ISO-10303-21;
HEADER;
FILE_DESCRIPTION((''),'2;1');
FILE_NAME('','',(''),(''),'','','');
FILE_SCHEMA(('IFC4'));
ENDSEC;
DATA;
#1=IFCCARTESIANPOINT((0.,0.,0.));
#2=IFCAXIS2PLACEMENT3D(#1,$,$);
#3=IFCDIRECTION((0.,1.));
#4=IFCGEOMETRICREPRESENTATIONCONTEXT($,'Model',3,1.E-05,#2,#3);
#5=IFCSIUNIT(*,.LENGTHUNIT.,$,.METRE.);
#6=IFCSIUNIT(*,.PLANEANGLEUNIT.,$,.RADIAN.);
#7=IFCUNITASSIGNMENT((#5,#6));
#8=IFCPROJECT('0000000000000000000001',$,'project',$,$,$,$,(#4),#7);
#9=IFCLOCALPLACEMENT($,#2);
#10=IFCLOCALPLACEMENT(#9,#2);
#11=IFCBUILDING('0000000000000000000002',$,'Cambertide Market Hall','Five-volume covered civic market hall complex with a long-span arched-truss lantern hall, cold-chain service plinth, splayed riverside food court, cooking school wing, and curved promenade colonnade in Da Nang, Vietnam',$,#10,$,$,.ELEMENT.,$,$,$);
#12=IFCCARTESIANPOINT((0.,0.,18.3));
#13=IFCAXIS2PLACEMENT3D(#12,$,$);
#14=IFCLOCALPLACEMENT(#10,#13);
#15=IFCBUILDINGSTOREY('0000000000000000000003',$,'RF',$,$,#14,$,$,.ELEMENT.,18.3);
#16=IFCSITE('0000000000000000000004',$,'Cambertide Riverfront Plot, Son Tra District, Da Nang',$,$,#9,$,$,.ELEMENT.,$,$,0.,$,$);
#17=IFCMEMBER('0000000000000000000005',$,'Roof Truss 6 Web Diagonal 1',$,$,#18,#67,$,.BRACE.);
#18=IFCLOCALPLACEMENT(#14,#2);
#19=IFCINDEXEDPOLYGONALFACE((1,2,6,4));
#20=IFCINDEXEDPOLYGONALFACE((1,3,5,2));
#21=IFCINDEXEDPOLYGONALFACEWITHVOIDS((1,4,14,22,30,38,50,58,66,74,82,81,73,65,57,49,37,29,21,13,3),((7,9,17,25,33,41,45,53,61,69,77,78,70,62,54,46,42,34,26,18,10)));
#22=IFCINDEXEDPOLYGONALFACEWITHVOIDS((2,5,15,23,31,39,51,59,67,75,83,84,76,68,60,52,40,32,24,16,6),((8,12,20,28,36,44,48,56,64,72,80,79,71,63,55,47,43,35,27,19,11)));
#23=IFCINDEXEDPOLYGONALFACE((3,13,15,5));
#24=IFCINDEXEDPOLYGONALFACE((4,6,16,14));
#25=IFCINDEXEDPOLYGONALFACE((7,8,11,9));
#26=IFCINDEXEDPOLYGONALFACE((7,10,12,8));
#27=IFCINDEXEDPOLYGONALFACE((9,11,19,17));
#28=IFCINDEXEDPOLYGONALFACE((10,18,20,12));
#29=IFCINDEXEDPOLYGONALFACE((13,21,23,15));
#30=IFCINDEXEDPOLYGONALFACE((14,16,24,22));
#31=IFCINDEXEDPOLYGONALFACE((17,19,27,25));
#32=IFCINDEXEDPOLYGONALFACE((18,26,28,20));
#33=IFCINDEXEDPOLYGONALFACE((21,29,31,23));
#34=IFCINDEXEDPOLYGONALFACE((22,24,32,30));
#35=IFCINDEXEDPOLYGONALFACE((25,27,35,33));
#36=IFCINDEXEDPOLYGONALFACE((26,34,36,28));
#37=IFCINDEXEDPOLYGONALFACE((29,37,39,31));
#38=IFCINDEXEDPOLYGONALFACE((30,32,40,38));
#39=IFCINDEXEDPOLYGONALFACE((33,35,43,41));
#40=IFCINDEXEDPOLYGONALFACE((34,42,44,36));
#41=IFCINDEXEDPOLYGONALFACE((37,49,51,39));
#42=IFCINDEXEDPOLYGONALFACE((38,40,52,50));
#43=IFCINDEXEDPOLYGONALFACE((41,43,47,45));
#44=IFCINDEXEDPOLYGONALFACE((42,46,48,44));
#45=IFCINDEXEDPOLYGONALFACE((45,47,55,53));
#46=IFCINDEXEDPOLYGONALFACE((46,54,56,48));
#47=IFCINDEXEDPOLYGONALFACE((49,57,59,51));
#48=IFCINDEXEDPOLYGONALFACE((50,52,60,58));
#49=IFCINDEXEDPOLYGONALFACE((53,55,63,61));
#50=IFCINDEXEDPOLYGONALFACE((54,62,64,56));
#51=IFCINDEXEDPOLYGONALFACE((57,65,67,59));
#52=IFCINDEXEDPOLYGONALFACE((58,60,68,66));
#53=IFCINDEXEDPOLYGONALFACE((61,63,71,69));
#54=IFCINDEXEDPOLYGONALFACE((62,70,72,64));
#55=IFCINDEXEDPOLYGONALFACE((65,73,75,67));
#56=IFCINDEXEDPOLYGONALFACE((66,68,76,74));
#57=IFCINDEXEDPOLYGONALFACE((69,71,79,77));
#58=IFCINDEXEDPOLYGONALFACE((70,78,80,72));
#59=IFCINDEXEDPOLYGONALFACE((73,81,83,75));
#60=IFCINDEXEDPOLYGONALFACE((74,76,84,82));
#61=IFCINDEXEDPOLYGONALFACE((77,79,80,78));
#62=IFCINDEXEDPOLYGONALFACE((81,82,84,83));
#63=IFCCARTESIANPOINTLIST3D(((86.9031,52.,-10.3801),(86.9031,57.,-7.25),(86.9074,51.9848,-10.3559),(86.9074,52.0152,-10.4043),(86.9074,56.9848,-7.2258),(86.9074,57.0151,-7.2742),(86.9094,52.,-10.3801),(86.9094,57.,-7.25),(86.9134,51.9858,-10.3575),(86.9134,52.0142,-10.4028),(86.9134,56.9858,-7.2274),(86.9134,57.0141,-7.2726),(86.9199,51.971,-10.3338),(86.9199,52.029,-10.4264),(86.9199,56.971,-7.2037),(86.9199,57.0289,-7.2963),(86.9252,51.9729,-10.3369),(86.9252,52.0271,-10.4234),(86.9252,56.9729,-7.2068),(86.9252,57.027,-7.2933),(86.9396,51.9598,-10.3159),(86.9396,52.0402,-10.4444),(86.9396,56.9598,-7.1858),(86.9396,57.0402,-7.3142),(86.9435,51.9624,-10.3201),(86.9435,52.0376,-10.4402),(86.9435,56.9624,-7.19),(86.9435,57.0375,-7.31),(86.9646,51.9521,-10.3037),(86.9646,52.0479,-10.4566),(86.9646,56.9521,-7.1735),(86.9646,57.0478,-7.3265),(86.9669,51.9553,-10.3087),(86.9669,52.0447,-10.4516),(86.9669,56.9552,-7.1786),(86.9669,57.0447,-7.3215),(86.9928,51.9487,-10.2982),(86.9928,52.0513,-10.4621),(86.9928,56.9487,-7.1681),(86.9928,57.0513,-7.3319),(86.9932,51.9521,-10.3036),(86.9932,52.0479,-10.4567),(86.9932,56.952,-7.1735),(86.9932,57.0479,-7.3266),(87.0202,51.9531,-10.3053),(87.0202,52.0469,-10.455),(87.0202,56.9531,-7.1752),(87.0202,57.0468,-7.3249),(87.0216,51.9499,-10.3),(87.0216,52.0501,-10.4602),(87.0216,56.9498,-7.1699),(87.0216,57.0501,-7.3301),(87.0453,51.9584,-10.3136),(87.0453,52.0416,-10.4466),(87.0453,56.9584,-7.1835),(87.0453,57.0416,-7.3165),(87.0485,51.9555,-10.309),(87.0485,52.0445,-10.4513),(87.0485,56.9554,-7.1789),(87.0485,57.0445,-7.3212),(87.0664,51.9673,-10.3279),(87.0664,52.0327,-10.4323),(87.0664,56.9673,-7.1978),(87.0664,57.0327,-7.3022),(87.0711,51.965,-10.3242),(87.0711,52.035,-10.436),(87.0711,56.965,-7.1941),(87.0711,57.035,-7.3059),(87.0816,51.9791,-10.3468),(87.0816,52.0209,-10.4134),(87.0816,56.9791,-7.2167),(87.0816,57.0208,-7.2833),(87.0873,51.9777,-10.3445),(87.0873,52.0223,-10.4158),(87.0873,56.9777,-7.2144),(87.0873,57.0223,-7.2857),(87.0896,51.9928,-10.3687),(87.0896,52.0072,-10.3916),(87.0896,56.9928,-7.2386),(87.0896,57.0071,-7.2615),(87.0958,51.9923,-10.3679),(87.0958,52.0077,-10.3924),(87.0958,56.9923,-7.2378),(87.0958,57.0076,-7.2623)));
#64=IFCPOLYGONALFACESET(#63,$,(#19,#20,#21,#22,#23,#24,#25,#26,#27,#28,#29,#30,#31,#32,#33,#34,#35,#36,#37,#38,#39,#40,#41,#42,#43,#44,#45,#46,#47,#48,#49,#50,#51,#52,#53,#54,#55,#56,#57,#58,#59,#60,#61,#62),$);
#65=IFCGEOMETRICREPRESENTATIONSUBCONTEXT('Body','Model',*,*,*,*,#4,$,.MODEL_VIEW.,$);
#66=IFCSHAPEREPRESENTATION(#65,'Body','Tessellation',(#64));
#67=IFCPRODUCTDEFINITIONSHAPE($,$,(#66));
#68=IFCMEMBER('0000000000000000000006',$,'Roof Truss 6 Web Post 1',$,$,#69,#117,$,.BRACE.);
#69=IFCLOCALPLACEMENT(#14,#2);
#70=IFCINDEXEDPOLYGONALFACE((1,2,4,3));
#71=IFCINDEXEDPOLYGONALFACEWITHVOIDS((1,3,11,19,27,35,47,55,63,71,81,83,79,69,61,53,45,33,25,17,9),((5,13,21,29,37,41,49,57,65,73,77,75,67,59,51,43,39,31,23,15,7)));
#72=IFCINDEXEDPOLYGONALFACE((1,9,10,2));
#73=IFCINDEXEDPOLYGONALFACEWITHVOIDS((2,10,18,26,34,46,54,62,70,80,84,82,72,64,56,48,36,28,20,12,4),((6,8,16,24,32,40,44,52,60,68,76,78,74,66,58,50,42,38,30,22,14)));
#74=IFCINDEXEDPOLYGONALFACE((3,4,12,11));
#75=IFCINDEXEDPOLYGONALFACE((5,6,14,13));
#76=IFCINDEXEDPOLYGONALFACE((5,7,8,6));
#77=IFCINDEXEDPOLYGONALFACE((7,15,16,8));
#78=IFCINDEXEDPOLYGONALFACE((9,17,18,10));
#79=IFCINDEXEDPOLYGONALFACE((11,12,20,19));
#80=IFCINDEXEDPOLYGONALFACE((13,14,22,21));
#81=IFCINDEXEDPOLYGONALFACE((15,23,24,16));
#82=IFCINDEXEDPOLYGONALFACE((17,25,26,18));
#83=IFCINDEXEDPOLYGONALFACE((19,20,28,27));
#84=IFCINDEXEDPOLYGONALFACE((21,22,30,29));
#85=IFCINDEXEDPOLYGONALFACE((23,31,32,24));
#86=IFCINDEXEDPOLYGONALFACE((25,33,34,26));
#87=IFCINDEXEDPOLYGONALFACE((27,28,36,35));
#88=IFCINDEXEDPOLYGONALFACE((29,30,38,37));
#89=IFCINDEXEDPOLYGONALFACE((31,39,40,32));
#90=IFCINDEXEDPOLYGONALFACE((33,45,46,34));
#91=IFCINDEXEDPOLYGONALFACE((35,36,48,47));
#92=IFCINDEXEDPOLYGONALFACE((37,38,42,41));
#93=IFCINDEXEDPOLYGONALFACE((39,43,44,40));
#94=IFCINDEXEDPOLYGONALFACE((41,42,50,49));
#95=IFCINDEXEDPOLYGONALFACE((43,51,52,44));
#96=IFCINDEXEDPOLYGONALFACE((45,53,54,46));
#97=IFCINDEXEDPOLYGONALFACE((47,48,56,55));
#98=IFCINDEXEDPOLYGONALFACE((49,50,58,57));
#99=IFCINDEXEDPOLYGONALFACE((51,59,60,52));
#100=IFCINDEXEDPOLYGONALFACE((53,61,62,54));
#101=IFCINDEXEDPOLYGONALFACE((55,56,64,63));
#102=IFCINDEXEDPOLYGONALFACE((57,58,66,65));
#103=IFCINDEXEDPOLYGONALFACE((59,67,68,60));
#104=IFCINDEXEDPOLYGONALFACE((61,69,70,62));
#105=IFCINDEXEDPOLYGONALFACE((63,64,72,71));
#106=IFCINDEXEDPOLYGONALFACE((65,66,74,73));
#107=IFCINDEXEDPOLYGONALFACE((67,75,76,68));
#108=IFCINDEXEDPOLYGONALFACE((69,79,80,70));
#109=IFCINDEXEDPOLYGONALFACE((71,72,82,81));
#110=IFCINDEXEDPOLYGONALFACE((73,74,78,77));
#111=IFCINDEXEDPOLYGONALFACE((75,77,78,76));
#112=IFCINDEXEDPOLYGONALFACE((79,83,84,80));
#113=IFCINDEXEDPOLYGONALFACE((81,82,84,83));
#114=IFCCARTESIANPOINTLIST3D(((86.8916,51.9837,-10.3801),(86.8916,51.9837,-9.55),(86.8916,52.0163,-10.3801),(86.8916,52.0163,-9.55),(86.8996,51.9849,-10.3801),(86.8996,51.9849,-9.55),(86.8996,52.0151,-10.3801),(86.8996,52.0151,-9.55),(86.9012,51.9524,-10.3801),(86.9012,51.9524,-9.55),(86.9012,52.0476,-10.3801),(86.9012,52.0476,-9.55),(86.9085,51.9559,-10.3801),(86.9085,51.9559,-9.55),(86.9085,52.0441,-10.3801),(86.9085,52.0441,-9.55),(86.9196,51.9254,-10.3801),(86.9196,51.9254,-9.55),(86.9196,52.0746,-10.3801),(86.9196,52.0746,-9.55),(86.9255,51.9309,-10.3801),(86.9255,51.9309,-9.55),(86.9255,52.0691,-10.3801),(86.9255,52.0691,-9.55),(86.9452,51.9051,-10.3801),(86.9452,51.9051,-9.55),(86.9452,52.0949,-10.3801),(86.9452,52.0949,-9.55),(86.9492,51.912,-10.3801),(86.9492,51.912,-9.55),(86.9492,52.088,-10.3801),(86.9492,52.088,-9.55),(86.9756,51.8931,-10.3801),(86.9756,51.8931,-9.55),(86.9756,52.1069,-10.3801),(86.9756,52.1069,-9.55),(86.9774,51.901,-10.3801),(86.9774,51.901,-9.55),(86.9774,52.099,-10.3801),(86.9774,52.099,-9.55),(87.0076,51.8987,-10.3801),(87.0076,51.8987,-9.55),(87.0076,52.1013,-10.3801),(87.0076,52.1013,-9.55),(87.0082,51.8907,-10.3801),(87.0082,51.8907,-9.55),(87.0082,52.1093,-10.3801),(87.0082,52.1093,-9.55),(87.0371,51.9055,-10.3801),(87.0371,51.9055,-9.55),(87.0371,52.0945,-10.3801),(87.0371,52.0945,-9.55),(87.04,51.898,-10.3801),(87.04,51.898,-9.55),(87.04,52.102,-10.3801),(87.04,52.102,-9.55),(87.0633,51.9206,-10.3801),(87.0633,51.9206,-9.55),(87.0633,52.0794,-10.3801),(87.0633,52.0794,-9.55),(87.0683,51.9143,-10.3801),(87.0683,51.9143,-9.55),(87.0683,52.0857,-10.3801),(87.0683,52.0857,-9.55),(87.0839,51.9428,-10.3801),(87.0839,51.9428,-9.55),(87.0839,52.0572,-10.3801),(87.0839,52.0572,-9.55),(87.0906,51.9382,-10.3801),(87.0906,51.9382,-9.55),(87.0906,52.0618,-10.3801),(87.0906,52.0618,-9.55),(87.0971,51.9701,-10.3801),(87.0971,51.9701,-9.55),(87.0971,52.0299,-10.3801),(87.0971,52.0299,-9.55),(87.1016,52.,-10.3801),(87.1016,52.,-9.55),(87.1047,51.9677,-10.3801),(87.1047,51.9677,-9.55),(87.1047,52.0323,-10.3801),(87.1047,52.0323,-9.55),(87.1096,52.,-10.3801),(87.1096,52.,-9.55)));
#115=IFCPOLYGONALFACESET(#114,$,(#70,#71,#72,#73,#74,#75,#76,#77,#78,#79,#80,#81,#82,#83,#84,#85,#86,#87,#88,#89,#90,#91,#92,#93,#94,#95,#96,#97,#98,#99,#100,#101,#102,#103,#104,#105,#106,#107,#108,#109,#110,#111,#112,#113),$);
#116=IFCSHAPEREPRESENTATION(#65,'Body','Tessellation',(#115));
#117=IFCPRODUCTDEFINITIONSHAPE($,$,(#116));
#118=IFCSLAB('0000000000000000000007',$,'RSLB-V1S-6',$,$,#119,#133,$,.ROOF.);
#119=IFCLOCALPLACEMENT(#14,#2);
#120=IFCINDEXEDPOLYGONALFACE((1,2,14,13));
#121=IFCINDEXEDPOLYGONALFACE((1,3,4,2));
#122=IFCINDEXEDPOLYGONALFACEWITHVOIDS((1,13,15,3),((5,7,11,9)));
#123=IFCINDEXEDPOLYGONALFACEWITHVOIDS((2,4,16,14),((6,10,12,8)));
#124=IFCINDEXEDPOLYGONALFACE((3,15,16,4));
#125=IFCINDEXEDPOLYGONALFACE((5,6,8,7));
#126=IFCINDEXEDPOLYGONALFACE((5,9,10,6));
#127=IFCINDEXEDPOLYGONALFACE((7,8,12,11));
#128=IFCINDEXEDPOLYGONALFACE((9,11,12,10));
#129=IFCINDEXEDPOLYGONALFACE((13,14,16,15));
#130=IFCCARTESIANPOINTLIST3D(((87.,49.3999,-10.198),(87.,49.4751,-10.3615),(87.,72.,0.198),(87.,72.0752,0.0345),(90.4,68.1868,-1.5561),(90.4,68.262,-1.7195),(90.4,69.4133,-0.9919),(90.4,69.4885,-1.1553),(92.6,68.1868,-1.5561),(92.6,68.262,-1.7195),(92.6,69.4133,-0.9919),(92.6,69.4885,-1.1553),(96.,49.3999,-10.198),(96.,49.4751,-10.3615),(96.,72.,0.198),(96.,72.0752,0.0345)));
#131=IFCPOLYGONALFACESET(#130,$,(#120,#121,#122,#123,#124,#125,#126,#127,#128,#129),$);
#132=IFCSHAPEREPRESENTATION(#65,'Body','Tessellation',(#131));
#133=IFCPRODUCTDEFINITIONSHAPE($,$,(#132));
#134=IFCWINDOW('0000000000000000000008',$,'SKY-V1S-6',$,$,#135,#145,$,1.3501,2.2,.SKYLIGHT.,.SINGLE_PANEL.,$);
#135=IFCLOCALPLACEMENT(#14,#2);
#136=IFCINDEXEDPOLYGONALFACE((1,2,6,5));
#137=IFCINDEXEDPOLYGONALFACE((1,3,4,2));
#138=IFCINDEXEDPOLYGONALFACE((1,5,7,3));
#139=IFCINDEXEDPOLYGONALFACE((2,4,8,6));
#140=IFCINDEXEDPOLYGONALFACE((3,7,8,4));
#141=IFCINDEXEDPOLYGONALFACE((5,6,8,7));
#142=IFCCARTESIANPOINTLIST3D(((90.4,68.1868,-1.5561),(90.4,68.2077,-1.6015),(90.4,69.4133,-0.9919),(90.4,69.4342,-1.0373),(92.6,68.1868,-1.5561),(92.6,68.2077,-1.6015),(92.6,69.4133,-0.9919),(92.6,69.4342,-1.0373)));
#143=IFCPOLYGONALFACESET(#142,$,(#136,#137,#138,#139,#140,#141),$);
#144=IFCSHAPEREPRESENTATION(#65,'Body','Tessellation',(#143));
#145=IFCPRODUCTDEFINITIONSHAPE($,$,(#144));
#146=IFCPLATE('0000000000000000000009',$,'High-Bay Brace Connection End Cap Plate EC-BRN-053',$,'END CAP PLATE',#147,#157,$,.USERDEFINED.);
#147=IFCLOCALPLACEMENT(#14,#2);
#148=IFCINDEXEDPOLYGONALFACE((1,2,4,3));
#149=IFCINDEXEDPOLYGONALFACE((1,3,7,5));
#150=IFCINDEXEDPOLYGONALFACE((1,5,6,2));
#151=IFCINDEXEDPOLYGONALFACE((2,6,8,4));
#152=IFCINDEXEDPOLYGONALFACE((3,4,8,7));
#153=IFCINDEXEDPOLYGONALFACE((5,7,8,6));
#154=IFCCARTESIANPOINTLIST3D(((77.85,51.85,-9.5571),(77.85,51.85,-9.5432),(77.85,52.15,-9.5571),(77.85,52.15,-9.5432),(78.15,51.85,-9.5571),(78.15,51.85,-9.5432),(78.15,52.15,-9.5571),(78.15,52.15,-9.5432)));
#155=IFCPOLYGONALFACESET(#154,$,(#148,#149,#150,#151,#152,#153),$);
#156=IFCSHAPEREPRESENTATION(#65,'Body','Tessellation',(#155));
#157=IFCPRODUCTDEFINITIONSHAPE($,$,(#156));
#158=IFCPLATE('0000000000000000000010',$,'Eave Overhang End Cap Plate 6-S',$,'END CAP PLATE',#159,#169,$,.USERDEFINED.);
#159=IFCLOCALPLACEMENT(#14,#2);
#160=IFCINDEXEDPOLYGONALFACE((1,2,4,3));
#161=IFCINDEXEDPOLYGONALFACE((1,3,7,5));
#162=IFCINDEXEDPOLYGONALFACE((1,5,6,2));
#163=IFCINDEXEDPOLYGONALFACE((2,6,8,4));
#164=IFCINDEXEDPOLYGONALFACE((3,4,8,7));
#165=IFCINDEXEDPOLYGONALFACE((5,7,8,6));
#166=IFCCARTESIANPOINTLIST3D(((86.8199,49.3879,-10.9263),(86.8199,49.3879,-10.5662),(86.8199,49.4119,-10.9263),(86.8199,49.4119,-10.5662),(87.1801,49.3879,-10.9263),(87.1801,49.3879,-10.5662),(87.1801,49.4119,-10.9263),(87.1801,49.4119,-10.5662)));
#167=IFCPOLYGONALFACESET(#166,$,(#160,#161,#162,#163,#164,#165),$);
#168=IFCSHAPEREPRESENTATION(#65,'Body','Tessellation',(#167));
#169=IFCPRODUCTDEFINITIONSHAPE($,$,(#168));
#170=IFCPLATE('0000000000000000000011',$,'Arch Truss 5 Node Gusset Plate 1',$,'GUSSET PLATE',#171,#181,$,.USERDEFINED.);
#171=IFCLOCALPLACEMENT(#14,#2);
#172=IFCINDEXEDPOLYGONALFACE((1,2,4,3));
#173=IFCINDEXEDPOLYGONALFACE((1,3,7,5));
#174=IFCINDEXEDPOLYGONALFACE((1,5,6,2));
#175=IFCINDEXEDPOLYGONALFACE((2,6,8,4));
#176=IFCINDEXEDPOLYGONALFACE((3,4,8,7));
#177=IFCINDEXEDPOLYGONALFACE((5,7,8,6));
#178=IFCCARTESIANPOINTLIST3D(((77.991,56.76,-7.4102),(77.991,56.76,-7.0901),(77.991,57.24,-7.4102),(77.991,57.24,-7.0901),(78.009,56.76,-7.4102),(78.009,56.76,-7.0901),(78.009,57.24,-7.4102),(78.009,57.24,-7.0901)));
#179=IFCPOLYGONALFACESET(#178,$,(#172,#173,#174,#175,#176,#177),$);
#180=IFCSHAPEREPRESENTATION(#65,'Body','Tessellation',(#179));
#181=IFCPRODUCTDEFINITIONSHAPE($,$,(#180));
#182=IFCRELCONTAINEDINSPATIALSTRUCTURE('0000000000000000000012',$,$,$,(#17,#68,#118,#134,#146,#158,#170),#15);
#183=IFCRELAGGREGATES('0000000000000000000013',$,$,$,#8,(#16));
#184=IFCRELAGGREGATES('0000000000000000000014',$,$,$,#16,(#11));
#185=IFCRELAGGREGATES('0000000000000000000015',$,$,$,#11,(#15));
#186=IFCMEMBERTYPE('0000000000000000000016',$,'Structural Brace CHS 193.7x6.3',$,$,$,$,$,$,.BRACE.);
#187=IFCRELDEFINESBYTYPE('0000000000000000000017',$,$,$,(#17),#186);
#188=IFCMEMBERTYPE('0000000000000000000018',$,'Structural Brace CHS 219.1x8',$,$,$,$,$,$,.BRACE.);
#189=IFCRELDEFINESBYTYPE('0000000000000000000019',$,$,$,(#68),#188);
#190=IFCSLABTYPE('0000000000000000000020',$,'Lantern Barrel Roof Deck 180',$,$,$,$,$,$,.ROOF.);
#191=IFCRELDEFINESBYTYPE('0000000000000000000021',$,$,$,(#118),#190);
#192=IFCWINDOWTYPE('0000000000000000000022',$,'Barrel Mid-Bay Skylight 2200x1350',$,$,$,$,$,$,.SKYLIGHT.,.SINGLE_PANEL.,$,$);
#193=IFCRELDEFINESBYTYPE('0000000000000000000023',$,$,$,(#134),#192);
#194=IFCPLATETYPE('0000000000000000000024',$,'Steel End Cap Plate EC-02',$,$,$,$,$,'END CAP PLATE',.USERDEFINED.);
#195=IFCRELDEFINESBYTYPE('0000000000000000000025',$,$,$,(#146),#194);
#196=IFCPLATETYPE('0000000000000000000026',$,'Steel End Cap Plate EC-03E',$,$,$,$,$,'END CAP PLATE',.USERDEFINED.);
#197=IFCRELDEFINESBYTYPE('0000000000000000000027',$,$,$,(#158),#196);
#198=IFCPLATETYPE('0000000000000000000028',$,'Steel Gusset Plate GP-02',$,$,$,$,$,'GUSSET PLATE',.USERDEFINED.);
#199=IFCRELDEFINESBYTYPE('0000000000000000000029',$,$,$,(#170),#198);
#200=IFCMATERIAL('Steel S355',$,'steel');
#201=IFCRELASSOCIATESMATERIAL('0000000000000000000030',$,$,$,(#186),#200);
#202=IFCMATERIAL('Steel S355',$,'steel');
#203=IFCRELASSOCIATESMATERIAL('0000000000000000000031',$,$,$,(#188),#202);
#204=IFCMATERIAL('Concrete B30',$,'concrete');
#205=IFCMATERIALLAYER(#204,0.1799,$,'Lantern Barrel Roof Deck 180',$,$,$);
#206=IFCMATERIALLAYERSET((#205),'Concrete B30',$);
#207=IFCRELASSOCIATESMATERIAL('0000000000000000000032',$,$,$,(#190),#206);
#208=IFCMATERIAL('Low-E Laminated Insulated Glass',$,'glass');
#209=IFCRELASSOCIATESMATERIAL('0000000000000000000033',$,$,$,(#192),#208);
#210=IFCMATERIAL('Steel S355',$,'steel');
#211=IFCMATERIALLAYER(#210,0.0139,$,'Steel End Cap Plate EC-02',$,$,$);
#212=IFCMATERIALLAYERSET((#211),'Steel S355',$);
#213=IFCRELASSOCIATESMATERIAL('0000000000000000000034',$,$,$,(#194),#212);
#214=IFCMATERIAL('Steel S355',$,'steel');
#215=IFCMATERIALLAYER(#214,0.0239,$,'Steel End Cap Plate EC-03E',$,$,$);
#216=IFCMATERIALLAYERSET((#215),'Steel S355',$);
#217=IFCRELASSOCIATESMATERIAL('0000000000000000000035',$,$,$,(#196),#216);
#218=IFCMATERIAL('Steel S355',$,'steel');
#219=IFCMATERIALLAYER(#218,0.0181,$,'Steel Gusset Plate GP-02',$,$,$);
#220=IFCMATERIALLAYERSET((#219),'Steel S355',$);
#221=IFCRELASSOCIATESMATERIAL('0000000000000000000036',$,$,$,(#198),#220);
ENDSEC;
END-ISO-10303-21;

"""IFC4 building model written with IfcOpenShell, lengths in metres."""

from ifc_helpers import new_model, si_unit, direction, frame, origin, origin_2d, place, context, subcontext, project, spatial, polyline, rectangle, hollow_circle, outline, extrude, material, layer, layer_set, material_profile, profile_set, type_object, element, fill, save


model = new_model("IFC4")

# Units and contexts
model_context = context("Model", 3, precision=1e-05, world=origin(), true_north=direction((0.0, 1.0)))
body_context = subcontext(model_context, "Body", "Model", "MODEL_VIEW")
ifc_project = project(units=[si_unit("LENGTHUNIT", "METRE"), si_unit("PLANEANGLEUNIT", "RADIAN")], contexts=[model_context])

# Site, building, storey
site_placement = place(None, origin())
site = spatial("IfcSite", under=ifc_project, at=site_placement, Name="Cambertide Riverfront Plot, Son Tra District, Da Nang", CompositionType="ELEMENT", RefElevation=0.0)
building_placement = place(site_placement, origin())
building = spatial("IfcBuilding", under=site, at=building_placement, Name="Cambertide Market Hall", Description="Five-volume covered civic market hall complex with a long-span arched-truss lantern hall, cold-chain service plinth, splayed riverside food court, cooking school wing, and curved promenade colonnade in Da Nang, Vietnam", CompositionType="ELEMENT")
storey_placement = place(building_placement, frame((0.0, 0.0, 18.3)))
storey = spatial("IfcBuildingStorey", under=building, at=storey_placement, Name="RF", CompositionType="ELEMENT", Elevation=18.3)

# Members
ifc_material_1 = material(Name="Steel S355", Category="steel")
ifc_material_profile_1 = material_profile(ifc_material_1, hollow_circle(Radius=0.0969, WallThickness=0.0063, at=origin_2d()), Name="CHS 193.7x6.3")
ifc_profile_set_1 = profile_set([ifc_material_profile_1], Name="Steel S355")
member_type_1 = type_object("IfcMemberType", Name="Structural Brace CHS 193.7x6.3", PredefinedType="BRACE", material=ifc_profile_set_1)
member_1_placement = place(storey_placement, frame((87.0, 52.0, -10.3801), z_axis=(0.0, 0.847607, 0.530624), x_axis=(-1.0, 0.0, 0.0)))
element("IfcMember", 1, at=member_1_placement, inside=storey, type_object=member_type_1, Name="Roof Truss 6 Web Diagonal 1", PredefinedType="BRACE", context=body_context, shape_type="SweptSolid", body=[
    extrude(hollow_circle(Radius=0.0969, WallThickness=0.0063, at=origin_2d()), origin(), (0.0, 0.0, 1.0), 5.8989),
])
ifc_material_2 = material(Name="Steel S355", Category="steel")
ifc_material_profile_2 = material_profile(ifc_material_2, hollow_circle(Radius=0.1096, WallThickness=0.0081, at=origin_2d()), Name="CHS 219.1x8")
ifc_profile_set_2 = profile_set([ifc_material_profile_2], Name="Steel S355")
member_type_2 = type_object("IfcMemberType", Name="Structural Brace CHS 219.1x8", PredefinedType="BRACE", material=ifc_profile_set_2)
member_2_placement = place(storey_placement, frame((87.0, 52.0, -10.3801), z_axis=(0.0, 0.0, 1.0), x_axis=(1.0, 0.0, 0.0)))
element("IfcMember", 2, at=member_2_placement, inside=storey, type_object=member_type_2, Name="Roof Truss 6 Web Post 1", PredefinedType="BRACE", context=body_context, shape_type="SweptSolid", body=[
    extrude(hollow_circle(Radius=0.1096, WallThickness=0.0081, at=origin_2d()), origin(), (0.0, 0.0, 1.0), 0.8301),
])

# Slab, opening, window
ifc_material_3 = material(Name="Concrete B30", Category="concrete")
ifc_layer_1 = layer(ifc_material_3, 0.1799, Name="Lantern Barrel Roof Deck 180")
ifc_layer_set_1 = layer_set([ifc_layer_1], Name="Concrete B30")
slab_type = type_object("IfcSlabType", Name="Lantern Barrel Roof Deck 180", PredefinedType="ROOF", material=ifc_layer_set_1)
slab_placement = place(storey_placement, frame((87.0, 49.3999, -10.198), z_axis=(0.0, -0.417904, 0.908491), x_axis=(1.0, 0.0, 0.0)))
slab = element("IfcSlab", 3, at=slab_placement, inside=storey, type_object=slab_type, Name="RSLB-V1S-6", PredefinedType="ROOF", context=body_context, shape_type="SweptSolid", body=[
    extrude(outline(polyline([(0.0, 0.0), (9.0, 0.0), (9.0, 24.8765), (0.0, 24.8765), (0.0, 0.0)])), origin(), (0.0, 0.0, -1.0), 0.1799),
])
opening_placement = place(slab_placement, frame((4.5, 21.3542, 0.01), z_axis=(0.0, 0.0, 1.0), x_axis=(1.0, 0.0, 0.0)))
opening = element("IfcOpeningElement", 4, at=opening_placement, cuts=slab, PredefinedType="OPENING", context=body_context, shape_type="SweptSolid", body=[
    extrude(rectangle(XDim=2.2, YDim=1.3501, at=origin_2d()), origin(), (0.0, 0.0, -1.0), 0.2),
])
ifc_material_4 = material(Name="Low-E Laminated Insulated Glass", Category="glass")
window_type = type_object("IfcWindowType", Name="Barrel Mid-Bay Skylight 2200x1350", PartitioningType="SINGLE_PANEL", PredefinedType="SKYLIGHT", material=ifc_material_4)
window_placement = place(slab_placement, frame((4.5, 21.3542, 0.0), z_axis=(0.0, 0.0, 1.0), x_axis=(1.0, 0.0, 0.0)))
window = element("IfcWindow", 5, at=window_placement, inside=storey, type_object=window_type, Name="SKY-V1S-6", OverallHeight=1.3501, OverallWidth=2.2, PartitioningType="SINGLE_PANEL", PredefinedType="SKYLIGHT", context=body_context, shape_type="SweptSolid", body=[
    extrude(rectangle(XDim=2.2, YDim=1.3501, at=origin_2d()), origin(), (0.0, 0.0, -1.0), 0.05),
])
fill(opening, window)

# Plates
ifc_material_5 = material(Name="Steel S355", Category="steel")
ifc_layer_2 = layer(ifc_material_5, 0.0139, Name="Steel End Cap Plate EC-02")
ifc_layer_set_2 = layer_set([ifc_layer_2], Name="Steel S355")
plate_type_1 = type_object("IfcPlateType", Name="Steel End Cap Plate EC-02", ElementType="END CAP PLATE", PredefinedType="USERDEFINED", material=ifc_layer_set_2)
plate_1_placement = place(storey_placement, frame((78.0, 52.0, -9.5571), z_axis=(0.0, 0.0, 1.0), x_axis=(1.0, 0.0, 0.0)))
element("IfcPlate", 6, at=plate_1_placement, inside=storey, type_object=plate_type_1, Name="High-Bay Brace Connection End Cap Plate EC-BRN-053", ObjectType="END CAP PLATE", PredefinedType="USERDEFINED", context=body_context, shape_type="SweptSolid", body=[
    extrude(rectangle(XDim=0.3, YDim=0.3, at=origin_2d()), origin(), (0.0, 0.0, 1.0), 0.0139),
])
ifc_material_6 = material(Name="Steel S355", Category="steel")
ifc_layer_3 = layer(ifc_material_6, 0.0239, Name="Steel End Cap Plate EC-03E")
ifc_layer_set_3 = layer_set([ifc_layer_3], Name="Steel S355")
plate_type_2 = type_object("IfcPlateType", Name="Steel End Cap Plate EC-03E", ElementType="END CAP PLATE", PredefinedType="USERDEFINED", material=ifc_layer_set_3)
plate_2_placement = place(storey_placement, frame((87.0, 49.3999, -10.9263), z_axis=(0.0, 0.0, 1.0), x_axis=(1.0, 0.0, 0.0)))
element("IfcPlate", 7, at=plate_2_placement, inside=storey, type_object=plate_type_2, Name="Eave Overhang End Cap Plate 6-S", ObjectType="END CAP PLATE", PredefinedType="USERDEFINED", context=body_context, shape_type="SweptSolid", body=[
    extrude(rectangle(XDim=0.3601, YDim=0.0239, at=origin_2d()), origin(), (0.0, 0.0, 1.0), 0.3601),
])
ifc_material_7 = material(Name="Steel S355", Category="steel")
ifc_layer_4 = layer(ifc_material_7, 0.0181, Name="Steel Gusset Plate GP-02")
ifc_layer_set_4 = layer_set([ifc_layer_4], Name="Steel S355")
plate_type_3 = type_object("IfcPlateType", Name="Steel Gusset Plate GP-02", ElementType="GUSSET PLATE", PredefinedType="USERDEFINED", material=ifc_layer_set_4)
for number, where, z_axis, x_axis, name in (
    (8, (78.0, 57.0, -7.4102), (0.0, 0.0, 1.0), (1.0, 0.0, 0.0), "Arch Truss 5 Node Gusset Plate 1"),
):
    element("IfcPlate", number, at=place(storey_placement, frame(where, z_axis=z_axis, x_axis=x_axis)), inside=storey, type_object=plate_type_3, Name=name, ObjectType="GUSSET PLATE", PredefinedType="USERDEFINED", context=body_context, shape_type="SweptSolid", body=[
        extrude(rectangle(XDim=0.0181, YDim=0.48, at=origin_2d()), origin(), (0.0, 0.0, 1.0), 0.3201),
    ])

save(model, "model.ifc")
